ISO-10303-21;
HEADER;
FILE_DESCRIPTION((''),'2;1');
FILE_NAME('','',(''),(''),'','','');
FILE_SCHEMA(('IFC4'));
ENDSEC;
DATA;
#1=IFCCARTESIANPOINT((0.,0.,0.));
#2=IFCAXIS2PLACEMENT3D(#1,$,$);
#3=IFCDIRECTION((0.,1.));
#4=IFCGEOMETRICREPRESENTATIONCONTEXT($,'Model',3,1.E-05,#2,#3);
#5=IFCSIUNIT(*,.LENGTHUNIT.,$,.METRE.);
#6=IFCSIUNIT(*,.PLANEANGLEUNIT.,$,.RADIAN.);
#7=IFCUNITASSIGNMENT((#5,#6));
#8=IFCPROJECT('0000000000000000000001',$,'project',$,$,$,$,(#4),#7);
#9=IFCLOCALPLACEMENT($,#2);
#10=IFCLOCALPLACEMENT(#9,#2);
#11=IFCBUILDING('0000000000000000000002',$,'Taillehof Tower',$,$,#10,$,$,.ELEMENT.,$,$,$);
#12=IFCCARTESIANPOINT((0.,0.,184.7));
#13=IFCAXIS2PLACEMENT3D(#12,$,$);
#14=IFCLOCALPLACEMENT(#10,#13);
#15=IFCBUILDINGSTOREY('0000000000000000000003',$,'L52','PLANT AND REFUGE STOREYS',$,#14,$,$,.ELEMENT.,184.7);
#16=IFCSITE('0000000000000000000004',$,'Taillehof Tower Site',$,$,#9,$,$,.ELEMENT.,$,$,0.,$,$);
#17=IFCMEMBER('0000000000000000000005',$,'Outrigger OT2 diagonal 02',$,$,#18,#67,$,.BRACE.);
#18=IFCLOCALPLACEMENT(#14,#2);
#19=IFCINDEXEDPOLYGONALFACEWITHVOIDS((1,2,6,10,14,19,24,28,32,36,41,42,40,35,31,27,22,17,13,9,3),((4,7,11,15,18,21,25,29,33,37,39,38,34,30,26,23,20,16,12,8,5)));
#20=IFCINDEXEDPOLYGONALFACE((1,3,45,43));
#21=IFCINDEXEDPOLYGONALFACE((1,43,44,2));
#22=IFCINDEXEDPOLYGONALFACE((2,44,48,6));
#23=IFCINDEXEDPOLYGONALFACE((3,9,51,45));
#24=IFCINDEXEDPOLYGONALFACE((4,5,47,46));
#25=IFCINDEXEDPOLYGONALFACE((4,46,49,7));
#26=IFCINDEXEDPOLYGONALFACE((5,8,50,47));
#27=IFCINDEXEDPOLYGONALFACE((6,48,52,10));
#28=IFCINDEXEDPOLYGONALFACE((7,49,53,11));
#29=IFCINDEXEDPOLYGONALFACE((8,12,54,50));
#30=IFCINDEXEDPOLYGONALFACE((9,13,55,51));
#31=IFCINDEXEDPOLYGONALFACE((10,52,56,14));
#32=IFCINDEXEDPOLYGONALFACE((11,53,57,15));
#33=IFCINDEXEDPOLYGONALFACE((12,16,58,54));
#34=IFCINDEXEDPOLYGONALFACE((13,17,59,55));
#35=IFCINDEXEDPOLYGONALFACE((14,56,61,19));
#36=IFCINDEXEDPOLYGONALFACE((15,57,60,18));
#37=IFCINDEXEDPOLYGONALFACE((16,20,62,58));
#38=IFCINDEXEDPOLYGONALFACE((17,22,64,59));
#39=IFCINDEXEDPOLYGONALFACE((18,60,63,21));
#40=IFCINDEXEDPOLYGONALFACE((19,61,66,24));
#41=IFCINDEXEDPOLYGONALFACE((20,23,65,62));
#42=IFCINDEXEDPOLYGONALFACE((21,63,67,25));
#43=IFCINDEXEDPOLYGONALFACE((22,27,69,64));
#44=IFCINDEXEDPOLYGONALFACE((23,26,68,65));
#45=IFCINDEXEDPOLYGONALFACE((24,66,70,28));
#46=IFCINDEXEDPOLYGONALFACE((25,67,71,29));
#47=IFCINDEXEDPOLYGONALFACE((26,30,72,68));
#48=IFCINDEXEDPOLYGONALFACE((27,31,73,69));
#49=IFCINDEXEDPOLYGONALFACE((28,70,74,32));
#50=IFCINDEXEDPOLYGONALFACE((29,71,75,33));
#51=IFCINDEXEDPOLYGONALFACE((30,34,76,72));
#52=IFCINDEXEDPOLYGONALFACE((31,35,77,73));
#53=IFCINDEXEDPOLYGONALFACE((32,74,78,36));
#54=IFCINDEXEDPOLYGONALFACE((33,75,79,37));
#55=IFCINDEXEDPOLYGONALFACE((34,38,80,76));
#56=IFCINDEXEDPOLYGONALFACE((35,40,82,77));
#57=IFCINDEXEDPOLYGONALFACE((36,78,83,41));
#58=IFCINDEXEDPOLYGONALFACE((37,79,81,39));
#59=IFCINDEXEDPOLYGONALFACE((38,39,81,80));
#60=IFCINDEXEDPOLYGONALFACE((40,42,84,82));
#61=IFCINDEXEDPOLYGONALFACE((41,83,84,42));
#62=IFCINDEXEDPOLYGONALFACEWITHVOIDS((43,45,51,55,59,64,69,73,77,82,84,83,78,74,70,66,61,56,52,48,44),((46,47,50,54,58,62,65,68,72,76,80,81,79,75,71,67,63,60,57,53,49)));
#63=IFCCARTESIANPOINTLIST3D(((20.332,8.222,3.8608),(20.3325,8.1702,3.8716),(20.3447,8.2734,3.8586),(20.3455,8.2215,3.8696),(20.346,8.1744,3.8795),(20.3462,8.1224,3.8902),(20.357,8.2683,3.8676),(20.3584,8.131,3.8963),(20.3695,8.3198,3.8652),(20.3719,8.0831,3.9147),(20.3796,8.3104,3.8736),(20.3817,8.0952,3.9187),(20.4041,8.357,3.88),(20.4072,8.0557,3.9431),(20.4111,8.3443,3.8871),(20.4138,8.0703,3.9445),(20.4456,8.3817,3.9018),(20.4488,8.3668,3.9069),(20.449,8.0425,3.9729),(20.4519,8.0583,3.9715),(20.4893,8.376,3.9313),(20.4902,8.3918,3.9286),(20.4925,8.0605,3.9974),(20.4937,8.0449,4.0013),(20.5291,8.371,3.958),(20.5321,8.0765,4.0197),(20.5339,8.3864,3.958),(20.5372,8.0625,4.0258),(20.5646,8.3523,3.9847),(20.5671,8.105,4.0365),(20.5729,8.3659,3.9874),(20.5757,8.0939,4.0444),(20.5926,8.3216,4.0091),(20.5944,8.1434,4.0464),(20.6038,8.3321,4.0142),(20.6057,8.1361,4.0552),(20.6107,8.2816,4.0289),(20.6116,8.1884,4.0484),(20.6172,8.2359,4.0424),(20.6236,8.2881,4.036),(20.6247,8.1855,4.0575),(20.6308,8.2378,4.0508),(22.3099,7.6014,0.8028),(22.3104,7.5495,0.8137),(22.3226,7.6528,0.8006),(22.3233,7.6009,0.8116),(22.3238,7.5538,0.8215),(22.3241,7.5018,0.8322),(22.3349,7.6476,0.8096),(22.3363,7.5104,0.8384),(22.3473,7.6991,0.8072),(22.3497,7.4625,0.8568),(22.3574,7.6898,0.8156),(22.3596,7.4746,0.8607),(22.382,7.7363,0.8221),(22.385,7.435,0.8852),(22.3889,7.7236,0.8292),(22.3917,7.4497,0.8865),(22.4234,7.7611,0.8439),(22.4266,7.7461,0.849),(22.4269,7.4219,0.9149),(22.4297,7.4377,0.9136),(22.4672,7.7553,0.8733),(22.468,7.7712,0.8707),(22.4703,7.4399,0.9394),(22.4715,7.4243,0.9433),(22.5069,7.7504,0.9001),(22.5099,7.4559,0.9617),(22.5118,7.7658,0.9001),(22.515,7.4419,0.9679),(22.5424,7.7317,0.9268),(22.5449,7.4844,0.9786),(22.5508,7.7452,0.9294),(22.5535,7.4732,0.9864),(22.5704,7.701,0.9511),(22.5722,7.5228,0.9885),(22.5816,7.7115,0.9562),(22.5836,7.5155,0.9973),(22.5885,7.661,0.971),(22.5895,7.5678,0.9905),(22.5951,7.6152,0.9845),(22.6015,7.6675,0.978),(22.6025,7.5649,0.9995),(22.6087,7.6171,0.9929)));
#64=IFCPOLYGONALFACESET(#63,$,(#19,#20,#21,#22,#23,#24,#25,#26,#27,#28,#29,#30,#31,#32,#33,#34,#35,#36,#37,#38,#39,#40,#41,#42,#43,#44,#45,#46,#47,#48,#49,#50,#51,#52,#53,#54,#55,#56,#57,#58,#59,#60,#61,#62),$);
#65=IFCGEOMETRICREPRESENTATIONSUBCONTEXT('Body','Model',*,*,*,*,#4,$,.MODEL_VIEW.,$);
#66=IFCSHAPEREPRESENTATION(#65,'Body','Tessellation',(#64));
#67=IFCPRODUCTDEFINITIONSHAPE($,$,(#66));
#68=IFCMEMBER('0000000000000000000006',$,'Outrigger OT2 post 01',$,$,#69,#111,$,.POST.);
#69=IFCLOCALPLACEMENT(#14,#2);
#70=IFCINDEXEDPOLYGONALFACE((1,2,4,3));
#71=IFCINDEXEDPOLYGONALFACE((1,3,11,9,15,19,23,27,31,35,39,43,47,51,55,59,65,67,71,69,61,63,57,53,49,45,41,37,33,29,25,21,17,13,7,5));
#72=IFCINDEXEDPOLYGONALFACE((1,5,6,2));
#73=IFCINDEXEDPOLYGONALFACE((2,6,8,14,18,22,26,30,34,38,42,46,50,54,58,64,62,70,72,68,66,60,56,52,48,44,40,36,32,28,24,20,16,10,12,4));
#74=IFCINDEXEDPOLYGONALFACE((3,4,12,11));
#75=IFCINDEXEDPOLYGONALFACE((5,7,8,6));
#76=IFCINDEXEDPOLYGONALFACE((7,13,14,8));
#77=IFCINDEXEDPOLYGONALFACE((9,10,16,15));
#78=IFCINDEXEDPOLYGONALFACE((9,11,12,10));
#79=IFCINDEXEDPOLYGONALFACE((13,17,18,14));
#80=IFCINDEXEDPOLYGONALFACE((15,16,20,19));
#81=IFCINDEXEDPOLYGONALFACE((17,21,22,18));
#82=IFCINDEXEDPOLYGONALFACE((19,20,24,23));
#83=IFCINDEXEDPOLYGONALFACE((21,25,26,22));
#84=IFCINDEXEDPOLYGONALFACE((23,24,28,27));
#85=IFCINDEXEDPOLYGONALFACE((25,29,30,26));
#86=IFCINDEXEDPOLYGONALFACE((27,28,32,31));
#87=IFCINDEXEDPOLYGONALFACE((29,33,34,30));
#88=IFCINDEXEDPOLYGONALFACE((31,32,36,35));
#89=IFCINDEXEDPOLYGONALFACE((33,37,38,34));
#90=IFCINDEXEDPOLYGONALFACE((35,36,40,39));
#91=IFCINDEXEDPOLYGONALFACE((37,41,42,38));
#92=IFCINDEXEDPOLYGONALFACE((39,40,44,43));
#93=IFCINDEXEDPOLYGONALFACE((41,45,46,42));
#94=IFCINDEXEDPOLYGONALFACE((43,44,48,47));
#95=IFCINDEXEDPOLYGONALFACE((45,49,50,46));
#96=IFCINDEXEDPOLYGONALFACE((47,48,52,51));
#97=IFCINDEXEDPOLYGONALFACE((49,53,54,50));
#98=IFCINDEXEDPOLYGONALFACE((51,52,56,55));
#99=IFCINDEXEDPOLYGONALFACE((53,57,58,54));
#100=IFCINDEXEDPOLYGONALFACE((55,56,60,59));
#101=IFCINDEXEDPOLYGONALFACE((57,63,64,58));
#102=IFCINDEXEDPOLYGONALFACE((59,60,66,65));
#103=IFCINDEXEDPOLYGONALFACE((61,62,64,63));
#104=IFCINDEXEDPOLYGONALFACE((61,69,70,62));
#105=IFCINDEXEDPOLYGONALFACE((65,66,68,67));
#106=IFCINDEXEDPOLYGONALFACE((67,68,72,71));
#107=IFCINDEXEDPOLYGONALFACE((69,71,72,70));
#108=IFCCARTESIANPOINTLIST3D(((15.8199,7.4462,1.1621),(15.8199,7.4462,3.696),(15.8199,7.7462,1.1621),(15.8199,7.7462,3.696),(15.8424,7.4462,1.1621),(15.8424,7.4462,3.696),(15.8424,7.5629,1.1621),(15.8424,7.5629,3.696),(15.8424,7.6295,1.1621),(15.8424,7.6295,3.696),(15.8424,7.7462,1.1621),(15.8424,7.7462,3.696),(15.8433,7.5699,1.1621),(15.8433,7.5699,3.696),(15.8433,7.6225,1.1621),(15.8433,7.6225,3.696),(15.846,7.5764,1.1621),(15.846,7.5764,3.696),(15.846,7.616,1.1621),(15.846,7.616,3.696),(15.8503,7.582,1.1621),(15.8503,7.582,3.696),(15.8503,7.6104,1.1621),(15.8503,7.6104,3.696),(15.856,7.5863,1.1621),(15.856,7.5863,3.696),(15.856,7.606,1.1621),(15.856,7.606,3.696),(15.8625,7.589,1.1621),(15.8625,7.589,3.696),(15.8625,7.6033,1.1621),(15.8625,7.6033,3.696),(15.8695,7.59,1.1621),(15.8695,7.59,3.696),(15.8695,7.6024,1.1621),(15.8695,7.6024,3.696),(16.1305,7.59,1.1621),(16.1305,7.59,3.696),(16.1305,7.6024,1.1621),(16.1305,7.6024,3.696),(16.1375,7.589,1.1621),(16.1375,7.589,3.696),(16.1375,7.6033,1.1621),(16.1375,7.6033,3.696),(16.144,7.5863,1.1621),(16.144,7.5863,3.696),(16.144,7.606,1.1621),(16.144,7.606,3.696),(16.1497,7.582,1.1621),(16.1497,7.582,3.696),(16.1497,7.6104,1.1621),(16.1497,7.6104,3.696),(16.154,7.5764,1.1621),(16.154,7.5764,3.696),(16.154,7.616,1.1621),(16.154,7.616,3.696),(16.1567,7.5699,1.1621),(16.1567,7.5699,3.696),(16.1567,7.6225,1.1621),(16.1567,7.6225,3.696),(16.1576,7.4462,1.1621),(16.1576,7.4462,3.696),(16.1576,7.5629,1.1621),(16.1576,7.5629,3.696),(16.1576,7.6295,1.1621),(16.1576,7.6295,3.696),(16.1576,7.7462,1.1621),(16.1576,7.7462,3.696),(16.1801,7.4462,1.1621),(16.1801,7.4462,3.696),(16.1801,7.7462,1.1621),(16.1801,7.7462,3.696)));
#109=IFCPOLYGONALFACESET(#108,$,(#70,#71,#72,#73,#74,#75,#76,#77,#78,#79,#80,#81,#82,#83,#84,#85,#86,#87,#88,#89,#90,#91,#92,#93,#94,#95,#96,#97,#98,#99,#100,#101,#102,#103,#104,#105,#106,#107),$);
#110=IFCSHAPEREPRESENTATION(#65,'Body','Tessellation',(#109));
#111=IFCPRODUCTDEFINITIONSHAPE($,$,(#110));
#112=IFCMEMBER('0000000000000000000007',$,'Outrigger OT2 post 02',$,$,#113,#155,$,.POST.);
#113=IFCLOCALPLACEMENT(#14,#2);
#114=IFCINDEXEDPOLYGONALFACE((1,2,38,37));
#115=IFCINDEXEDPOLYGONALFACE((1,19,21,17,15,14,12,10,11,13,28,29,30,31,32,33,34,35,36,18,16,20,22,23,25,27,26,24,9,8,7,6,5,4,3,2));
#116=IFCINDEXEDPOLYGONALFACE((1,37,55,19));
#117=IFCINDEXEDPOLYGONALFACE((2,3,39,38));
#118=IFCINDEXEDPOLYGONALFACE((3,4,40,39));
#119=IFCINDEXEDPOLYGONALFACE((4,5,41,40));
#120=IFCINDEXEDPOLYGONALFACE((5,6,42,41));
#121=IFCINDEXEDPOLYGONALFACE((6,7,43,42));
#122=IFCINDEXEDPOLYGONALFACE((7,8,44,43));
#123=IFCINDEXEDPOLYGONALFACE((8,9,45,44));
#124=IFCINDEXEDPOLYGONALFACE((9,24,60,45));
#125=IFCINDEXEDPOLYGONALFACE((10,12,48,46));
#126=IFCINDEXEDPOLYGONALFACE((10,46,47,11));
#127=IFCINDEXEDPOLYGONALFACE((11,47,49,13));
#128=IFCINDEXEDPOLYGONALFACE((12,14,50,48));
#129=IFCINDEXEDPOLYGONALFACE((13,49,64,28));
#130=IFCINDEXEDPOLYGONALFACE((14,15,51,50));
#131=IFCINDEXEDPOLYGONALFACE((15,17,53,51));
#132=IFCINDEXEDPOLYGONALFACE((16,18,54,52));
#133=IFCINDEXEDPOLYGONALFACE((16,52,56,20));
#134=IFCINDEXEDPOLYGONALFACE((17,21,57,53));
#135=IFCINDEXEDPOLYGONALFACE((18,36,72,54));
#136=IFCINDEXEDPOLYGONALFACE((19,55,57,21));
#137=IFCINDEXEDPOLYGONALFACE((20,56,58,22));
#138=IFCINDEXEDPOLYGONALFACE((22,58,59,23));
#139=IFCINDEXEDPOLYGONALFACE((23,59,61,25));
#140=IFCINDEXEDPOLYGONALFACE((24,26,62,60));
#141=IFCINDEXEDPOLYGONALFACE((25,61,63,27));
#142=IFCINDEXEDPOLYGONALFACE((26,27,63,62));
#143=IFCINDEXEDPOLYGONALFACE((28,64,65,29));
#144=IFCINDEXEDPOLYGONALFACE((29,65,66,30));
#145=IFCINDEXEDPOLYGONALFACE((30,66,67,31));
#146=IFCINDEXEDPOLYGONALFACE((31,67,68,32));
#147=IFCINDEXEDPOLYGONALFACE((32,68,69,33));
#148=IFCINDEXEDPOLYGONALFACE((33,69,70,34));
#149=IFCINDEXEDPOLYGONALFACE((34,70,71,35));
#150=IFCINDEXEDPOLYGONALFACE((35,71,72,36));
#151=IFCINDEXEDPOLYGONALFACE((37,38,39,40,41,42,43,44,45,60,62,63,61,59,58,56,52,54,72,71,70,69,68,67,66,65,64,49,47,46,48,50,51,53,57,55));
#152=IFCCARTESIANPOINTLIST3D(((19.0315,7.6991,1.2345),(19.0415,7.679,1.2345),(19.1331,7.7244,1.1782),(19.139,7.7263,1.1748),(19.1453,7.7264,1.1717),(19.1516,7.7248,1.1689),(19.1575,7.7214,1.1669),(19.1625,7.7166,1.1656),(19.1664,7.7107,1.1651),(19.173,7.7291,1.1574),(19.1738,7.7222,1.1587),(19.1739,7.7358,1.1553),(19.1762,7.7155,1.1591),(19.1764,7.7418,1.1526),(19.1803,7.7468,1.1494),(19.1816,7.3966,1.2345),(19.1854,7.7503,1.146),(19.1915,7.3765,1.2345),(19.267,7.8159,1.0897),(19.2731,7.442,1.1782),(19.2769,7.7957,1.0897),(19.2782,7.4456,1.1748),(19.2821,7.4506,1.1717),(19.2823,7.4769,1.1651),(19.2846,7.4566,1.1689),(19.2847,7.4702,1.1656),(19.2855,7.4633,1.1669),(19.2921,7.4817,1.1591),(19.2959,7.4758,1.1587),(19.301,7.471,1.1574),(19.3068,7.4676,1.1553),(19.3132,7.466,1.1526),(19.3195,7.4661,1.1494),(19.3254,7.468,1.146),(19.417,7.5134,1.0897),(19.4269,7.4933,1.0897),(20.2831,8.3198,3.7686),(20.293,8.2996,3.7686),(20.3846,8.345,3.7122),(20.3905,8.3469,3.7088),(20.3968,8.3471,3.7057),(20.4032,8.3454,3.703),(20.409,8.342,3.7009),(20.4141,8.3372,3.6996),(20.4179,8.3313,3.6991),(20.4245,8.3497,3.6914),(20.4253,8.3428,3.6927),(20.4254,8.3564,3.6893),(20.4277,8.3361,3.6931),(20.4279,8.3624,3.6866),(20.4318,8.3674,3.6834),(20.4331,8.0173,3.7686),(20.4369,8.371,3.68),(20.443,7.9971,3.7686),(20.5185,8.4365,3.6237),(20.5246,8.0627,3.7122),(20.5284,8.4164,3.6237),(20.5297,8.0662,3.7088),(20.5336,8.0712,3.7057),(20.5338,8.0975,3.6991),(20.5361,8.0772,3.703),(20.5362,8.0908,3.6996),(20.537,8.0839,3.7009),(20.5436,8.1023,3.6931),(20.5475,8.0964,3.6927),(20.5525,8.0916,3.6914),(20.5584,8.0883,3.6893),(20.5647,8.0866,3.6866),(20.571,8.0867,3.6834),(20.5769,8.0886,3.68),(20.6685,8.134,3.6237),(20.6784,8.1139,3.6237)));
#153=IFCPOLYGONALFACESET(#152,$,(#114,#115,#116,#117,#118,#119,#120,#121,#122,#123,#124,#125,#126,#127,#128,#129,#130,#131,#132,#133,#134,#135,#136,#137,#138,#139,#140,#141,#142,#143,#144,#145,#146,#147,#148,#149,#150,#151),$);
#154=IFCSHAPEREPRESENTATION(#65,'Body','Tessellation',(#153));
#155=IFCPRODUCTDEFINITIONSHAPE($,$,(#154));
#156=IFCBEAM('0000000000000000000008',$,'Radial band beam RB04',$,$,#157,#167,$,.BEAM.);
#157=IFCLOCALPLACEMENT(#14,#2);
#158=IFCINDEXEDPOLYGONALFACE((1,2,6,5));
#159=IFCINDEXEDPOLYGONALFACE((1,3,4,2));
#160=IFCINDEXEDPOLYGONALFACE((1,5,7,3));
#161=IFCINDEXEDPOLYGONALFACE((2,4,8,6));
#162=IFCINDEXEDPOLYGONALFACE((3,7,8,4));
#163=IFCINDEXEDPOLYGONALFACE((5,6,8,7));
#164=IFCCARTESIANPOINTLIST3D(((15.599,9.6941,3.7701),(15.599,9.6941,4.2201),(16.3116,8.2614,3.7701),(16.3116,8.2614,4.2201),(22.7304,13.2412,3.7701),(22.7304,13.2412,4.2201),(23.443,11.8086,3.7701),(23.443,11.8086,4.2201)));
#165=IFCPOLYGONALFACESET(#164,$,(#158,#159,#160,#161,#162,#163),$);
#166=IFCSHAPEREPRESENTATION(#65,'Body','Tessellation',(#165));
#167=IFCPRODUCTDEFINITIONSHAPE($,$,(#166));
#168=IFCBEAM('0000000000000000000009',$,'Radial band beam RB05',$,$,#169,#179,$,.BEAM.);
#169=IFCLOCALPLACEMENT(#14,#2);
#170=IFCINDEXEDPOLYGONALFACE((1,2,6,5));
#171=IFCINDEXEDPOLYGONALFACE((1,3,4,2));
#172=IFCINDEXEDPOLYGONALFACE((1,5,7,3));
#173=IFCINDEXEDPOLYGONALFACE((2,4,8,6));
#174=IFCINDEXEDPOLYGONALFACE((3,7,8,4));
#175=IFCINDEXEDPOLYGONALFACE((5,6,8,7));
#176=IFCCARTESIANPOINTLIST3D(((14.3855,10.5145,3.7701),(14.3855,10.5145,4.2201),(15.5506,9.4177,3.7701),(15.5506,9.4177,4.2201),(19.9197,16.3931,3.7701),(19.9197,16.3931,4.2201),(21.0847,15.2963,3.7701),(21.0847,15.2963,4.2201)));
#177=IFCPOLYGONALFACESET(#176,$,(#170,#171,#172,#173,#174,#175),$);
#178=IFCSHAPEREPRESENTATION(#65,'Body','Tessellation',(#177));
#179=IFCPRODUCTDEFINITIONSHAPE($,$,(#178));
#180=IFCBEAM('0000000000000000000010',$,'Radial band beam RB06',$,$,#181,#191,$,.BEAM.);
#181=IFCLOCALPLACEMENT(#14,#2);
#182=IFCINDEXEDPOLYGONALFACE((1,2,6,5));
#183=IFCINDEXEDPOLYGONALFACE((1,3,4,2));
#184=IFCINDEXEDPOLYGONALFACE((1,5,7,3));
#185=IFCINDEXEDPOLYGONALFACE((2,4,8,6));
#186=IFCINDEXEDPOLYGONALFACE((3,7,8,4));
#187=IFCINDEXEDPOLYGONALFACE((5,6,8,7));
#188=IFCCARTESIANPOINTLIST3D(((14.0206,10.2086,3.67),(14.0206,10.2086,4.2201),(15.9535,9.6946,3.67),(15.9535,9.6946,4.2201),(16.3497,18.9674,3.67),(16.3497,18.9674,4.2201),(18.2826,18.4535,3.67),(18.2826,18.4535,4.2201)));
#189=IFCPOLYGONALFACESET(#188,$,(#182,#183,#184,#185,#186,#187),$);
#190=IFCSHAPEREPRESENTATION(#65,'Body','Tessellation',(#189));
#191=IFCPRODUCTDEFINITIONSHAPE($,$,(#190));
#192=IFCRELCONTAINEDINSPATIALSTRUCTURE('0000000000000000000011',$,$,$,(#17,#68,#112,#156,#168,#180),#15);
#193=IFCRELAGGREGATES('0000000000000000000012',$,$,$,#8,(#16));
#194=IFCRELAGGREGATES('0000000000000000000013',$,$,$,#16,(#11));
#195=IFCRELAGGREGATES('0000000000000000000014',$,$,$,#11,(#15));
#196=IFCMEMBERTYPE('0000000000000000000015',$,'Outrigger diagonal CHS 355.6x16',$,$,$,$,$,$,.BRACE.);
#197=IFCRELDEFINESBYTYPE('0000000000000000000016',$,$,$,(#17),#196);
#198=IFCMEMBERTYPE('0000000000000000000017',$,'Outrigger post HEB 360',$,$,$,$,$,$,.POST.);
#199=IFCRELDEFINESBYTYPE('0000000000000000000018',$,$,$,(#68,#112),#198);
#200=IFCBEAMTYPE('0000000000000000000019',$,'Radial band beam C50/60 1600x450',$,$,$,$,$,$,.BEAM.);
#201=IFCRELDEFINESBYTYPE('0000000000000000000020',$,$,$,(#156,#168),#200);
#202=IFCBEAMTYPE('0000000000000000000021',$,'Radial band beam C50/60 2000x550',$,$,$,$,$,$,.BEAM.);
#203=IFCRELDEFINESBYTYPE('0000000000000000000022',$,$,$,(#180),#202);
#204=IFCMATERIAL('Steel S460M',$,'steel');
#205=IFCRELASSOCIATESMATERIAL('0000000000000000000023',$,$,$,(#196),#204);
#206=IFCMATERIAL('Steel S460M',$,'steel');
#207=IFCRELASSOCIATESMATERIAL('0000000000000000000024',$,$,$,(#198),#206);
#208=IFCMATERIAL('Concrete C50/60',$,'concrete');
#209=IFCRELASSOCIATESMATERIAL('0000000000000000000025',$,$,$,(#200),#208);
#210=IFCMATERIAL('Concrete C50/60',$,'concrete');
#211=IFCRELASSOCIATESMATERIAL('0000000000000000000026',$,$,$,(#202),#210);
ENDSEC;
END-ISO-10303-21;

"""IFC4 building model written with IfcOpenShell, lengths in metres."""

from ifc_helpers import new_model, si_unit, direction, frame, origin, origin_2d, place, context, subcontext, project, spatial, rectangle, hollow_circle, i_section, extrude, material, material_profile, profile_set, type_object, element, save


model = new_model("IFC4")

# Units and contexts
model_context = context("Model", 3, precision=1e-05, world=origin(), true_north=direction((0.0, 1.0)))
body_context = subcontext(model_context, "Body", "Model", "MODEL_VIEW")
ifc_project = project(units=[si_unit("LENGTHUNIT", "METRE"), si_unit("PLANEANGLEUNIT", "RADIAN")], contexts=[model_context])

# Site, building, storey
site_placement = place(None, origin())
site = spatial("IfcSite", under=ifc_project, at=site_placement, Name="Taillehof Tower Site", CompositionType="ELEMENT", RefElevation=0.0)
building_placement = place(site_placement, origin())
building = spatial("IfcBuilding", under=site, at=building_placement, Name="Taillehof Tower", CompositionType="ELEMENT")
storey_placement = place(building_placement, frame((0.0, 0.0, 184.7)))
storey = spatial("IfcBuildingStorey", under=building, at=storey_placement, Name="L52", Description="PLANT AND REFUGE STOREYS", CompositionType="ELEMENT", Elevation=184.7)

# Members
ifc_material_1 = material(Name="Steel S460M", Category="steel")
ifc_material_profile_1 = material_profile(ifc_material_1, hollow_circle(Radius=0.1777, WallThickness=0.0161, at=origin_2d()), Name="CHS 355.6x16")
ifc_profile_set_1 = profile_set([ifc_material_profile_1], Name="Steel S460M")
member_type_1 = type_object("IfcMemberType", Name="Outrigger diagonal CHS 355.6x16", PredefinedType="BRACE", material=ifc_profile_set_1)
member_1_placement = place(storey_placement, frame((20.4807, 8.2168, 3.958), z_axis=(0.535372, -0.167993, -0.827741), x_axis=(0.299395, 0.954129, 0.0)))
element("IfcMember", 1, at=member_1_placement, inside=storey, type_object=member_type_1, Name="Outrigger OT2 diagonal 02", PredefinedType="BRACE", context=body_context, shape_type="SweptSolid", body=[
    extrude(hollow_circle(Radius=0.1777, WallThickness=0.0161, at=origin_2d()), origin(), (0.0, 0.0, 1.0), 3.6943),
])
ifc_material_2 = material(Name="Steel S460M", Category="steel")
ifc_material_profile_2 = material_profile(ifc_material_2, i_section(OverallWidth=0.3, OverallDepth=0.3601, WebThickness=0.0125, FlangeThickness=0.0225, FilletRadius=0.0271, at=origin_2d()), Name="HEB 360")
ifc_profile_set_2 = profile_set([ifc_material_profile_2], Name="Steel S460M")
member_type_2 = type_object("IfcMemberType", Name="Outrigger post HEB 360", PredefinedType="POST", material=ifc_profile_set_2)
member_2_placement = place(storey_placement, frame((16.0, 7.5962, 1.1621), z_axis=(0.0, 0.0, 1.0), x_axis=(0.0, -1.0, 0.0)))
element("IfcMember", 2, at=member_2_placement, inside=storey, type_object=member_type_2, Name="Outrigger OT2 post 01", PredefinedType="POST", context=body_context, shape_type="SweptSolid", body=[
    extrude(i_section(OverallWidth=0.3, OverallDepth=0.3601, WebThickness=0.0125, FlangeThickness=0.0225, FilletRadius=0.0271, at=origin_2d()), origin(), (0.0, 0.0, 1.0), 2.5339),
])
member_3_placement = place(storey_placement, frame((19.2292, 7.5962, 1.1621), z_axis=(0.432514, 0.214485, 0.875744), x_axis=(0.784571, 0.389071, -0.482776)))
element("IfcMember", 3, at=member_3_placement, inside=storey, type_object=member_type_2, Name="Outrigger OT2 post 02", PredefinedType="POST", context=body_context, shape_type="SweptSolid", body=[
    extrude(i_section(OverallWidth=0.3, OverallDepth=0.3601, WebThickness=0.0125, FlangeThickness=0.0225, FilletRadius=0.0271, at=origin_2d()), origin(), (0.0, 0.0, 1.0), 2.8936),
])

# Beams
ifc_material_3 = material(Name="Concrete C50/60", Category="concrete")
ifc_material_profile_3 = material_profile(ifc_material_3, rectangle(XDim=1.6001, YDim=0.45, at=origin_2d()), Name="RC 1600x450")
ifc_profile_set_3 = profile_set([ifc_material_profile_3], Name="Concrete C50/60")
beam_type_1 = type_object("IfcBeamType", Name="Radial band beam C50/60 1600x450", PredefinedType="BEAM", material=ifc_profile_set_3)
beam_1_placement = place(storey_placement, frame((23.0867, 12.5249, 3.9951), z_axis=(-0.895357, -0.445349, 0.0), x_axis=(0.445349, -0.895357, 0.0)))
element("IfcBeam", 4, at=beam_1_placement, inside=storey, type_object=beam_type_1, Name="Radial band beam RB04", PredefinedType="BEAM", context=body_context, shape_type="SweptSolid", body=[
    extrude(rectangle(XDim=1.6001, YDim=0.45, at=origin_2d()), origin(), (0.0, 0.0, 1.0), 7.9648),
])
beam_2_placement = place(storey_placement, frame((20.5022, 15.8447, 3.9951), z_axis=(-0.685451, -0.728118, 0.0), x_axis=(0.728118, -0.685451, 0.0)))
element("IfcBeam", 5, at=beam_2_placement, inside=storey, type_object=beam_type_1, Name="Radial band beam RB05", PredefinedType="BEAM", context=body_context, shape_type="SweptSolid", body=[
    extrude(rectangle(XDim=1.6001, YDim=0.45, at=origin_2d()), origin(), (0.0, 0.0, 1.0), 8.0737),
])
ifc_material_4 = material(Name="Concrete C50/60", Category="concrete")
ifc_material_profile_4 = material_profile(ifc_material_4, rectangle(XDim=2.0, YDim=0.55, at=origin_2d()), Name="RC 2000x550")
ifc_profile_set_4 = profile_set([ifc_material_profile_4], Name="Concrete C50/60")
beam_type_2 = type_object("IfcBeamType", Name="Radial band beam C50/60 2000x550", PredefinedType="BEAM", material=ifc_profile_set_4)
beam_3_placement = place(storey_placement, frame((17.3162, 18.7104, 3.9451), z_axis=(-0.256985, -0.966415, 0.0), x_axis=(0.966415, -0.256985, 0.0)))
element("IfcBeam", 6, at=beam_3_placement, inside=storey, type_object=beam_type_2, Name="Radial band beam RB06", PredefinedType="BEAM", context=body_context, shape_type="SweptSolid", body=[
    extrude(rectangle(XDim=2.0, YDim=0.55, at=origin_2d()), origin(), (0.0, 0.0, 1.0), 9.0632),
])

save(model, "model.ifc")
